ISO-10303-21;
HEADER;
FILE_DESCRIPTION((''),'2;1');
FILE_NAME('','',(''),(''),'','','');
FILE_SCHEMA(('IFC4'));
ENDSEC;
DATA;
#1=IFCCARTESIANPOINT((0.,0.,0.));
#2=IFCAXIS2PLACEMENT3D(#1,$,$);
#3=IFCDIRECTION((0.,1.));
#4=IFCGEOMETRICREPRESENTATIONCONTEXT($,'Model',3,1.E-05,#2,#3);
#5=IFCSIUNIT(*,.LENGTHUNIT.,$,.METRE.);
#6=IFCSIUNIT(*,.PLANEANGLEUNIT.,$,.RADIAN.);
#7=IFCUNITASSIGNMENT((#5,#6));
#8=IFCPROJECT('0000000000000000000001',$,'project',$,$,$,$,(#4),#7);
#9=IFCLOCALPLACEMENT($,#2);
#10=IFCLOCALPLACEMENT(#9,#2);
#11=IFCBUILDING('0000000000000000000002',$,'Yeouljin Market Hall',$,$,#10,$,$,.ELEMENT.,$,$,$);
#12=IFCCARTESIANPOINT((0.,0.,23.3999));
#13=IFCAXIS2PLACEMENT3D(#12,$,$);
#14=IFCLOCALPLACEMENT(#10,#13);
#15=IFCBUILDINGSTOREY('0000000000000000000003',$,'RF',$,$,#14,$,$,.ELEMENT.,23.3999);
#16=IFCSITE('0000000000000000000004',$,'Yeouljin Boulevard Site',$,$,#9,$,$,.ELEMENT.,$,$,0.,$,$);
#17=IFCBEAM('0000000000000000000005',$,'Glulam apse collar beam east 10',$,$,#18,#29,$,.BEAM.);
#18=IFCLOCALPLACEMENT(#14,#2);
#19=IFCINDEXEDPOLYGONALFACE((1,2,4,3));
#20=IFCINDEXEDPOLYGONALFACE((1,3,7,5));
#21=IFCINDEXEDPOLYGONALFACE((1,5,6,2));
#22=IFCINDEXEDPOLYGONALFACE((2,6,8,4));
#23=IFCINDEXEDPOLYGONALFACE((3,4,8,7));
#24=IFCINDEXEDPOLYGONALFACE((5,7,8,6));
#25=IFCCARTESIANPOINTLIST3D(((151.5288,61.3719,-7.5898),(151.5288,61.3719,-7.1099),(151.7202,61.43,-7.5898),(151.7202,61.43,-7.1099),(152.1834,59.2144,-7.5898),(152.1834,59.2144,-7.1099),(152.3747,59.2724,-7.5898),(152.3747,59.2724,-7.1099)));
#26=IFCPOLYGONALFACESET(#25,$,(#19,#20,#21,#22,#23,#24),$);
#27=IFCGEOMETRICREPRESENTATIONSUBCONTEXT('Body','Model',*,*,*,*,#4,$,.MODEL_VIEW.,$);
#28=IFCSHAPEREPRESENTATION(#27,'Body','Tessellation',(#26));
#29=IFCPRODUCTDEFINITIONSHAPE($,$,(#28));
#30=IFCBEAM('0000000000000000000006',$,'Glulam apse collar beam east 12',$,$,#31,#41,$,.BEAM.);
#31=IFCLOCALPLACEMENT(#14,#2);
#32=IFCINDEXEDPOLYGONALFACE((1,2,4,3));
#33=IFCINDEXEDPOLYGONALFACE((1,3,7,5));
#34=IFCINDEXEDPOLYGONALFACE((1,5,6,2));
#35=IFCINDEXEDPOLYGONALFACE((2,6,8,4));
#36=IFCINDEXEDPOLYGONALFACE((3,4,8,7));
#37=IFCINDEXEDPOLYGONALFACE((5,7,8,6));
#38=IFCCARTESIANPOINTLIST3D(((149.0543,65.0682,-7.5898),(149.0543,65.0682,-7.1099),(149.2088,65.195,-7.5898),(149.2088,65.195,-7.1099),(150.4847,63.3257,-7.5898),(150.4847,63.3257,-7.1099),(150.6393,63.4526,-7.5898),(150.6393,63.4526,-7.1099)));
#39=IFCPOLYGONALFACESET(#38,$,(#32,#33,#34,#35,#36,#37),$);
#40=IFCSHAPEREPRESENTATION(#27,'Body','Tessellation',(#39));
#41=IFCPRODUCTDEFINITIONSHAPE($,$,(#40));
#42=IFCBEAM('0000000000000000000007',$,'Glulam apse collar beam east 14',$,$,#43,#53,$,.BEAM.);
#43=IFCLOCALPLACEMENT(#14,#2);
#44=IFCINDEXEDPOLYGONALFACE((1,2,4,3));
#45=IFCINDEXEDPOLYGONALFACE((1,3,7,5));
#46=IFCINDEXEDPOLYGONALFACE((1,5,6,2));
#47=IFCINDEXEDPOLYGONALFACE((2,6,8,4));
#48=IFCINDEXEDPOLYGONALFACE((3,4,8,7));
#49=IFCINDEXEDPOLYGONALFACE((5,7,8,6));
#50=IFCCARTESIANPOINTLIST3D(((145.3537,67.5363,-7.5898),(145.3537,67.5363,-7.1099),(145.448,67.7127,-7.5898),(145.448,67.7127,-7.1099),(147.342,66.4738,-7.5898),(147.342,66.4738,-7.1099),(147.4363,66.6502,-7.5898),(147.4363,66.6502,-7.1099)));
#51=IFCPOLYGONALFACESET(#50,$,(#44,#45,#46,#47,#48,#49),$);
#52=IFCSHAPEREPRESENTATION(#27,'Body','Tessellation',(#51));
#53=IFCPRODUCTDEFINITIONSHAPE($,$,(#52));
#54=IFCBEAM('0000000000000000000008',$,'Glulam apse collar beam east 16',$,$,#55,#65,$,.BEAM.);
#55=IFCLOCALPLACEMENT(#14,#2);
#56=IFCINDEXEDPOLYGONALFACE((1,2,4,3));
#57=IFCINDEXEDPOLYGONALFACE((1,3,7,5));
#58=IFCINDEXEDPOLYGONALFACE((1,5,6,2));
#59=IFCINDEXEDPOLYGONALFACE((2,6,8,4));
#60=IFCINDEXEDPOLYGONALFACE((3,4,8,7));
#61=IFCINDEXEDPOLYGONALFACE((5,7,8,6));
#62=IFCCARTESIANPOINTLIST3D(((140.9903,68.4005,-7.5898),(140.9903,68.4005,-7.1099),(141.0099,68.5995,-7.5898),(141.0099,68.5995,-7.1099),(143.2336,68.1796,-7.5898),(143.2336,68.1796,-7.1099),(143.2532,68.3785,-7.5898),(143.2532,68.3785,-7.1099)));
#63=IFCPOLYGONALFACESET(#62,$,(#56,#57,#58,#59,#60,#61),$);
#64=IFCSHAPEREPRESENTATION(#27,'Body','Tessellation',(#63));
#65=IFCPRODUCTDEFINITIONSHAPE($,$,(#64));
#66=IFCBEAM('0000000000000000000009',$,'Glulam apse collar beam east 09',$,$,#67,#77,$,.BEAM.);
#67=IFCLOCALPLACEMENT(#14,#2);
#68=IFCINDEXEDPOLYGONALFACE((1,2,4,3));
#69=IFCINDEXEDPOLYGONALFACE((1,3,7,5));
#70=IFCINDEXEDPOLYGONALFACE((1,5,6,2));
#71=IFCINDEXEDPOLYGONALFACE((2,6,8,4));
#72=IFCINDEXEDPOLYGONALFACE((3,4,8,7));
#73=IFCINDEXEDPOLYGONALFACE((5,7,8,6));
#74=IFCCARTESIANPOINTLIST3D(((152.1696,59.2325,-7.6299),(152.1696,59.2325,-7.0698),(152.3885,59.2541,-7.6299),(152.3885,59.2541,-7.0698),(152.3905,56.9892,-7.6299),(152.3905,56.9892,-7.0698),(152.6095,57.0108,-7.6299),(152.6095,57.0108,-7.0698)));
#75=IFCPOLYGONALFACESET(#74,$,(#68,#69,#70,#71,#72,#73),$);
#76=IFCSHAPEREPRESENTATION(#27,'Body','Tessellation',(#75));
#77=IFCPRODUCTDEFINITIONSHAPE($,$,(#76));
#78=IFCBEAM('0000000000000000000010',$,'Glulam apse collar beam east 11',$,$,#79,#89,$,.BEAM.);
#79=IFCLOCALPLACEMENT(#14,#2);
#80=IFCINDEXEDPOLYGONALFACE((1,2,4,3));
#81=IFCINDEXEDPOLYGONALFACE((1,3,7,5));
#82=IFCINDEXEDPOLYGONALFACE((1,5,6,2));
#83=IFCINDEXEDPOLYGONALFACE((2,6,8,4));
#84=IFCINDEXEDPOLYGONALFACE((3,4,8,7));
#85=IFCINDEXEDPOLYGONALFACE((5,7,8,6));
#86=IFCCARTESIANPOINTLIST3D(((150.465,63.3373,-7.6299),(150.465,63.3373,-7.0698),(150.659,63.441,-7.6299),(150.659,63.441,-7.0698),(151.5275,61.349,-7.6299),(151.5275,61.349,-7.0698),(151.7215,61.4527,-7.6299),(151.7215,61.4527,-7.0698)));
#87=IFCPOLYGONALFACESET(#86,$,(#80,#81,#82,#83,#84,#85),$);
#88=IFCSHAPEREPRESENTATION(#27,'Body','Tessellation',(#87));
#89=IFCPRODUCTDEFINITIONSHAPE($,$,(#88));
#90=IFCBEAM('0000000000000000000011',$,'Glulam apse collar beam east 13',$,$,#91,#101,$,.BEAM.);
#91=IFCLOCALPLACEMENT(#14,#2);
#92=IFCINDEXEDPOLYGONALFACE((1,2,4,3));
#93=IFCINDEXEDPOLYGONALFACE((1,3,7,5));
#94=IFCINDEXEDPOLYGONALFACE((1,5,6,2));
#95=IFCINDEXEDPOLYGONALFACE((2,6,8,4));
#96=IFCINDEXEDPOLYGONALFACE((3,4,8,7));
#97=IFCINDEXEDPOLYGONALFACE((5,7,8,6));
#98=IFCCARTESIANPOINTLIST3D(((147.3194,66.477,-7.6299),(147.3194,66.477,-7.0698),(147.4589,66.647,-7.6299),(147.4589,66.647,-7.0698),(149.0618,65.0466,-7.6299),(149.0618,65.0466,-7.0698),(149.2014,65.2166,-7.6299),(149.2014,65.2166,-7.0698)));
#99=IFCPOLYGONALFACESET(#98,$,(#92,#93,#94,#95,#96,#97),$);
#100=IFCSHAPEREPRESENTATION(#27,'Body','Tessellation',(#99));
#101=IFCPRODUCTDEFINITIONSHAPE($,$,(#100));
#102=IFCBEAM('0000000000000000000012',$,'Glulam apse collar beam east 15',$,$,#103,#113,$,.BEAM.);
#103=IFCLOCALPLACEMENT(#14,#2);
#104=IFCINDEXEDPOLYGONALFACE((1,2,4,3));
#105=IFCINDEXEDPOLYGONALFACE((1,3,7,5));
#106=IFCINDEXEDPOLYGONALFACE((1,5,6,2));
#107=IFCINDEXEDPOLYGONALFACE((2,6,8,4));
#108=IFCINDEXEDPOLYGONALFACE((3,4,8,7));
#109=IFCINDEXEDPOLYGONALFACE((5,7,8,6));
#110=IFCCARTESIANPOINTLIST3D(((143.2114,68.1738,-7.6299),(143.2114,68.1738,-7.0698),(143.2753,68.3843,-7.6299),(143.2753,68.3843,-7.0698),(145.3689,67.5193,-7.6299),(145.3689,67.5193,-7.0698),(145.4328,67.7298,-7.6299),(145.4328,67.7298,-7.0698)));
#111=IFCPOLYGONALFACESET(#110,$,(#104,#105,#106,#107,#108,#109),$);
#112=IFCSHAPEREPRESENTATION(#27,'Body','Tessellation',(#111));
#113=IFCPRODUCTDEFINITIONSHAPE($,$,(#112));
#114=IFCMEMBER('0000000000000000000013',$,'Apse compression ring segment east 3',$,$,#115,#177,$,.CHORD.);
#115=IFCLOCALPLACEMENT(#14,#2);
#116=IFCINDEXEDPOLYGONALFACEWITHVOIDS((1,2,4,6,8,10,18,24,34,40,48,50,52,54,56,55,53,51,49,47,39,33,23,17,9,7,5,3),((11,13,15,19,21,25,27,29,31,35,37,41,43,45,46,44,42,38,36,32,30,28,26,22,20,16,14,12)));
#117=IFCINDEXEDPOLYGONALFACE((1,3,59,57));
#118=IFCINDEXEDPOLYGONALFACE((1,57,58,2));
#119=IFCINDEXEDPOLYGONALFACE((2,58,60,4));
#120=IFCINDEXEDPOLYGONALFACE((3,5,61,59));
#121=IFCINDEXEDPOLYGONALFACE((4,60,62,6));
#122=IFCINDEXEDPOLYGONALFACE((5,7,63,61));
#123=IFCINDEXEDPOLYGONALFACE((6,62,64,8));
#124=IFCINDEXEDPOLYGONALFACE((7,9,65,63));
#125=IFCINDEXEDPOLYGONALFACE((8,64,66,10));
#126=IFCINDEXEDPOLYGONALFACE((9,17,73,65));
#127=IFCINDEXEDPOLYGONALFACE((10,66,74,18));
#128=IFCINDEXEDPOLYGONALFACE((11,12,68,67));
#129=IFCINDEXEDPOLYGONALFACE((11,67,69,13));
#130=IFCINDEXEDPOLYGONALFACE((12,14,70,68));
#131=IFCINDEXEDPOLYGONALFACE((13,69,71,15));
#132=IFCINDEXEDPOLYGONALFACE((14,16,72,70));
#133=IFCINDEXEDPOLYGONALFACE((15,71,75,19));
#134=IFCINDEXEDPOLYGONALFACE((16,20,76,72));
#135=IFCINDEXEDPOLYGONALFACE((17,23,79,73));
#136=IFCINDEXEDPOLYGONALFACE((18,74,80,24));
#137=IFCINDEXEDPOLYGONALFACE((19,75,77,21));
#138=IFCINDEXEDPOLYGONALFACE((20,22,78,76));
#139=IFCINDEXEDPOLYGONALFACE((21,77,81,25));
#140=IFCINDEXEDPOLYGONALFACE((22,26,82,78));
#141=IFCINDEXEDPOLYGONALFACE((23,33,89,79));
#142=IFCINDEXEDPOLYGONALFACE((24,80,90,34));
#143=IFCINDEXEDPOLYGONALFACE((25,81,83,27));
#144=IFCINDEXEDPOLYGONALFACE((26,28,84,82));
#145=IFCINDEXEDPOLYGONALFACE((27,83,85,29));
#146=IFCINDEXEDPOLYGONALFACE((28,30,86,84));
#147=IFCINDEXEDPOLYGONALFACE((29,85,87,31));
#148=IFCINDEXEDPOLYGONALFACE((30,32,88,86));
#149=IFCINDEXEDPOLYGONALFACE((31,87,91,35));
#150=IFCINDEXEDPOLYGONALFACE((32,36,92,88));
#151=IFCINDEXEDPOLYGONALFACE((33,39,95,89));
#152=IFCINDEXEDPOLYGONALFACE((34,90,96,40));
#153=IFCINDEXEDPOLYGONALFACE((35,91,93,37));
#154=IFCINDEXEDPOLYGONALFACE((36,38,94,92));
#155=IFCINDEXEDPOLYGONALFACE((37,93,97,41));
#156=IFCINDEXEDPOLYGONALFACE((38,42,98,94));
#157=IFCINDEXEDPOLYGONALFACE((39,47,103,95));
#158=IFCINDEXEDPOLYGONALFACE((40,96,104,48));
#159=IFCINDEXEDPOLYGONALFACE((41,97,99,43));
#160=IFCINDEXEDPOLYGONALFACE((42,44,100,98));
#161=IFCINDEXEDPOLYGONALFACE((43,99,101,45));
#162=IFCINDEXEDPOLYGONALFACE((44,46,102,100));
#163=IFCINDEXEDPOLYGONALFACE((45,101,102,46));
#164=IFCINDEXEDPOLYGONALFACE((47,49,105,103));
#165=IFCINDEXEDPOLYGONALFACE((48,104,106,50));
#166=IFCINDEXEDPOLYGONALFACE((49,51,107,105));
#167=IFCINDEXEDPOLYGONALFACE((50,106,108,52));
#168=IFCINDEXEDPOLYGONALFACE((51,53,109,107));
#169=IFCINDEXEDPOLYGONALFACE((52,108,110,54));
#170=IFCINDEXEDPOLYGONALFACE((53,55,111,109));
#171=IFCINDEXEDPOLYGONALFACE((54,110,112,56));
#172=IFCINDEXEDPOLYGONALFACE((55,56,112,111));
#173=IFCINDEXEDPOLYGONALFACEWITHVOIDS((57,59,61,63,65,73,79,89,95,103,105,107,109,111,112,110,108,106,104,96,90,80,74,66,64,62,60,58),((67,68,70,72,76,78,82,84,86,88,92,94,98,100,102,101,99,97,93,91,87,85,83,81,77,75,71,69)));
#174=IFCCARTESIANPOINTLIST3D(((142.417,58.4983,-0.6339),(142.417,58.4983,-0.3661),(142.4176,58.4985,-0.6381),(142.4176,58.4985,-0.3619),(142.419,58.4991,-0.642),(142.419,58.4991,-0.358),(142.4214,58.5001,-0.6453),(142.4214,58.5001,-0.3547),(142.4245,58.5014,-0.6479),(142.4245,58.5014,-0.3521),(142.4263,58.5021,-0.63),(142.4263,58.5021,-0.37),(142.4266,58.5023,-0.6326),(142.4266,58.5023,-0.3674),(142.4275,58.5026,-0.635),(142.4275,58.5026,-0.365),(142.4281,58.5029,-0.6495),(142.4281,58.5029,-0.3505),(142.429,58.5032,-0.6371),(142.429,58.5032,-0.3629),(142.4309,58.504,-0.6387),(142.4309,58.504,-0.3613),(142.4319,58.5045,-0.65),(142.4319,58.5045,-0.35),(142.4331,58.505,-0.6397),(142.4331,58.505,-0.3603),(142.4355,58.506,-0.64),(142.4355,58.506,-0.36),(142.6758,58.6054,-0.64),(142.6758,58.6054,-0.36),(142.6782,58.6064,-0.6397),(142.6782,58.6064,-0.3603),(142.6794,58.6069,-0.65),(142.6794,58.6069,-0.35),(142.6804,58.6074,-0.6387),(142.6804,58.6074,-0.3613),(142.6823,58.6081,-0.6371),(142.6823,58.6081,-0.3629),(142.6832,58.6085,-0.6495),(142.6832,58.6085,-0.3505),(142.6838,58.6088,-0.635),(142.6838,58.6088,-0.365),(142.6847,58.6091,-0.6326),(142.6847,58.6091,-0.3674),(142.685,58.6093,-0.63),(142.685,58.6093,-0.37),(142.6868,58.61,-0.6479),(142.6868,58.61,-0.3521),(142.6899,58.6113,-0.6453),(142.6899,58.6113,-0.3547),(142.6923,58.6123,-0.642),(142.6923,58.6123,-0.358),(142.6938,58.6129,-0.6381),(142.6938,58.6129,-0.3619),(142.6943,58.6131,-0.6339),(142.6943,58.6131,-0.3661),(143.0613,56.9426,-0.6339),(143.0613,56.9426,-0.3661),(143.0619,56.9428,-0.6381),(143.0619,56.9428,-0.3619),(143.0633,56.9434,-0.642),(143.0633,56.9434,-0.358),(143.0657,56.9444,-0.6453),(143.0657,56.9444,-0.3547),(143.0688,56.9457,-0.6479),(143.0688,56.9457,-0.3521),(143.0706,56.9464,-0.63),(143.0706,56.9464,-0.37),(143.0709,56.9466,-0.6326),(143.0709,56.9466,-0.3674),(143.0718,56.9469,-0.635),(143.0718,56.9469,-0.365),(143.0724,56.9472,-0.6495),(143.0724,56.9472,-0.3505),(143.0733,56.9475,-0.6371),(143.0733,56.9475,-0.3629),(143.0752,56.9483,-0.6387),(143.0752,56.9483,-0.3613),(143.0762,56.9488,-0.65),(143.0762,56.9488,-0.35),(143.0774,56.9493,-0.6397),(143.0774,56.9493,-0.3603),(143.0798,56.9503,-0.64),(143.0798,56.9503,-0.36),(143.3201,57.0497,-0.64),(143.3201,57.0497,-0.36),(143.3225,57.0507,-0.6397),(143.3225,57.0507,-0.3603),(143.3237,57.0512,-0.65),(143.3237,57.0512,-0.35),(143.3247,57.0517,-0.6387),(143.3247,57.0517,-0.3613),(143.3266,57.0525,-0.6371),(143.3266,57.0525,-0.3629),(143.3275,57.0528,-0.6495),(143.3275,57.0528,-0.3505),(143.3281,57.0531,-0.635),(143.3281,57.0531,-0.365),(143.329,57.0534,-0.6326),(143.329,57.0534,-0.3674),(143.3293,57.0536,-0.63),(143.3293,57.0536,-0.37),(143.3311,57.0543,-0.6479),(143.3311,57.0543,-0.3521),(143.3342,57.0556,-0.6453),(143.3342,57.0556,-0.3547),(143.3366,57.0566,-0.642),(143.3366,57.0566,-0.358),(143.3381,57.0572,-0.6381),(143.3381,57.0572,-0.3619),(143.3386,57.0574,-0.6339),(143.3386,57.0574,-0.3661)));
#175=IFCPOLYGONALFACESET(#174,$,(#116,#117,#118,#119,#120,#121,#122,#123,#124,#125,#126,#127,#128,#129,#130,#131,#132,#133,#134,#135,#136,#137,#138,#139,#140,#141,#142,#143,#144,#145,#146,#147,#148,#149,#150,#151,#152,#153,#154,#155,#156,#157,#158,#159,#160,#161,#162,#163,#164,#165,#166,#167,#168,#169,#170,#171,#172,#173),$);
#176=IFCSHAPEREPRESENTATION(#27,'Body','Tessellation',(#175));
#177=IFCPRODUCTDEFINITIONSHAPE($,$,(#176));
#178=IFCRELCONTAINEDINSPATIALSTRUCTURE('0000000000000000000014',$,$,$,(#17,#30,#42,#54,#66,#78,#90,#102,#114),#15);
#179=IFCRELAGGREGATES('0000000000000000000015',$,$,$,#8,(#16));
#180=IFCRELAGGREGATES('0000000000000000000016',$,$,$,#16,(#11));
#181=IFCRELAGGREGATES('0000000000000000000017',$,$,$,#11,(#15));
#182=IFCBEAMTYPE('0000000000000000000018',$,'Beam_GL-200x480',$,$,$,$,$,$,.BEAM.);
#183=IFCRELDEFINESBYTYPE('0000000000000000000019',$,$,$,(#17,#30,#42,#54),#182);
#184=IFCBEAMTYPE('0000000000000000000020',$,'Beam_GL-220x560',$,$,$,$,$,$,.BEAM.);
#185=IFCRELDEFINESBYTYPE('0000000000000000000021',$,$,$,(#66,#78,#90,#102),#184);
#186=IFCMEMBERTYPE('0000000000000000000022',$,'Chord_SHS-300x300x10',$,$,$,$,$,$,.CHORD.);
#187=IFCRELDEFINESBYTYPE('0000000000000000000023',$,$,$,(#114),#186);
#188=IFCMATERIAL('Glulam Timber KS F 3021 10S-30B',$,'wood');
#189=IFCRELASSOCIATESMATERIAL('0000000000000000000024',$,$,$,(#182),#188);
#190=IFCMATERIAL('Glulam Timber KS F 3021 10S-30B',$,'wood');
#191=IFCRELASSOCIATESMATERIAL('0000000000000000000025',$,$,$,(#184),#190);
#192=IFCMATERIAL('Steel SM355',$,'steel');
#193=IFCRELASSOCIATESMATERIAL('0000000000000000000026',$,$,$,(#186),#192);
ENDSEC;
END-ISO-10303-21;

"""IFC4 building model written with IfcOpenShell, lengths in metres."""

from ifc_helpers import new_model, si_unit, direction, frame, origin, origin_2d, place, context, subcontext, project, spatial, rectangle, hollow_rectangle, extrude, material, material_profile, profile_set, type_object, element, save


model = new_model("IFC4")

# Units and contexts
model_context = context("Model", 3, precision=1e-05, world=origin(), true_north=direction((0.0, 1.0)))
body_context = subcontext(model_context, "Body", "Model", "MODEL_VIEW")
ifc_project = project(units=[si_unit("LENGTHUNIT", "METRE"), si_unit("PLANEANGLEUNIT", "RADIAN")], contexts=[model_context])

# Site, building, storey
site_placement = place(None, origin())
site = spatial("IfcSite", under=ifc_project, at=site_placement, Name="Yeouljin Boulevard Site", CompositionType="ELEMENT", RefElevation=0.0)
building_placement = place(site_placement, origin())
building = spatial("IfcBuilding", under=site, at=building_placement, Name="Yeouljin Market Hall", CompositionType="ELEMENT")
storey_placement = place(building_placement, frame((0.0, 0.0, 23.3999)))
storey = spatial("IfcBuildingStorey", under=building, at=storey_placement, Name="RF", CompositionType="ELEMENT", Elevation=23.3999)

# Beams
ifc_material_1 = material(Name="Glulam Timber KS F 3021 10S-30B", Category="wood")
ifc_material_profile_1 = material_profile(ifc_material_1, rectangle(XDim=0.2, YDim=0.48, at=origin_2d()), Name="GL-200x480")
ifc_profile_set_1 = profile_set([ifc_material_profile_1], Name="Glulam Timber KS F 3021 10S-30B")
beam_type_1 = type_object("IfcBeamType", Name="Beam_GL-200x480", PredefinedType="BEAM", material=ifc_profile_set_1)
beam_1_placement = place(storey_placement, frame((152.2791, 59.2434, -7.3499), z_axis=(-0.290317, 0.956931, 0.0), x_axis=(-0.956931, -0.290317, 0.0)))
element("IfcBeam", 1, at=beam_1_placement, inside=storey, type_object=beam_type_1, Name="Glulam apse collar beam east 10", PredefinedType="BEAM", context=body_context, shape_type="SweptSolid", body=[
    extrude(rectangle(XDim=0.2, YDim=0.48, at=origin_2d()), origin(), (0.0, 0.0, 1.0), 2.2546),
])
for number, where, z_axis, x_axis, name in (
    (2, (150.562, 63.3892, -7.3499), (-0.634511, 0.772914, 0.0), (-0.772914, -0.634511, 0.0), "Glulam apse collar beam east 12"),
    (3, (147.3892, 66.562, -7.3499), (-0.881969, 0.471308, 0.0), (-0.471308, -0.881969, 0.0), "Glulam apse collar beam east 14"),
):
    element("IfcBeam", number, at=place(storey_placement, frame(where, z_axis=z_axis, x_axis=x_axis)), inside=storey, type_object=beam_type_1, Name=name, PredefinedType="BEAM", context=body_context, shape_type="SweptSolid", body=[
        extrude(rectangle(XDim=0.2, YDim=0.48, at=origin_2d()), origin(), (0.0, 0.0, 1.0), 2.2544),
    ])
beam_2_placement = place(storey_placement, frame((143.2434, 68.2791, -7.3499), z_axis=(-0.995185, 0.098013, 0.0), x_axis=(-0.098013, -0.995185, 0.0)))
element("IfcBeam", 4, at=beam_2_placement, inside=storey, type_object=beam_type_1, Name="Glulam apse collar beam east 16", PredefinedType="BEAM", context=body_context, shape_type="SweptSolid", body=[
    extrude(rectangle(XDim=0.2, YDim=0.48, at=origin_2d()), origin(), (0.0, 0.0, 1.0), 2.2542),
])
ifc_material_2 = material(Name="Glulam Timber KS F 3021 10S-30B", Category="wood")
ifc_material_profile_2 = material_profile(ifc_material_2, rectangle(XDim=0.22, YDim=0.5601, at=origin_2d()), Name="GL-220x560")
ifc_profile_set_2 = profile_set([ifc_material_profile_2], Name="Glulam Timber KS F 3021 10S-30B")
beam_type_2 = type_object("IfcBeamType", Name="Beam_GL-220x560", PredefinedType="BEAM", material=ifc_profile_set_2)
beam_3_placement = place(storey_placement, frame((152.5, 57.0, -7.3499), z_axis=(-0.098013, 0.995185, 0.0), x_axis=(-0.995185, -0.098013, 0.0)))
element("IfcBeam", 5, at=beam_3_placement, inside=storey, type_object=beam_type_2, Name="Glulam apse collar beam east 09", PredefinedType="BEAM", context=body_context, shape_type="SweptSolid", body=[
    extrude(rectangle(XDim=0.22, YDim=0.5601, at=origin_2d()), origin(), (0.0, 0.0, 1.0), 2.2542),
])
for number, where, z_axis, x_axis, name in (
    (6, (151.6245, 61.4009, -7.3499), (-0.471308, 0.881969, 0.0), (-0.881969, -0.471308, 0.0), "Glulam apse collar beam east 11"),
    (7, (149.1316, 65.1316, -7.3499), (-0.772914, 0.634511, 0.0), (-0.634511, -0.772914, 0.0), "Glulam apse collar beam east 13"),
):
    element("IfcBeam", number, at=place(storey_placement, frame(where, z_axis=z_axis, x_axis=x_axis)), inside=storey, type_object=beam_type_2, Name=name, PredefinedType="BEAM", context=body_context, shape_type="SweptSolid", body=[
        extrude(rectangle(XDim=0.22, YDim=0.5601, at=origin_2d()), origin(), (0.0, 0.0, 1.0), 2.2544),
    ])
beam_4_placement = place(storey_placement, frame((145.4009, 67.6245, -7.3499), z_axis=(-0.956931, 0.290317, 0.0), x_axis=(-0.290317, -0.956931, 0.0)))
element("IfcBeam", 8, at=beam_4_placement, inside=storey, type_object=beam_type_2, Name="Glulam apse collar beam east 15", PredefinedType="BEAM", context=body_context, shape_type="SweptSolid", body=[
    extrude(rectangle(XDim=0.22, YDim=0.5601, at=origin_2d()), origin(), (0.0, 0.0, 1.0), 2.2546),
])

# Member
ifc_material_3 = material(Name="Steel SM355", Category="steel")
ifc_material_profile_3 = material_profile(ifc_material_3, hollow_rectangle(XDim=0.3, YDim=0.3, WallThickness=0.01, InnerFilletRadius=0.01, OuterFilletRadius=0.0161, at=origin_2d()), Name="SHS-300x300x10")
ifc_profile_set_3 = profile_set([ifc_material_profile_3], Name="Steel SM355")
member_type_1 = type_object("IfcMemberType", Name="Chord_SHS-300x300x10", PredefinedType="CHORD", material=ifc_profile_set_3)
for number, where, z_axis, x_axis, name in (
    (9, (143.2, 57.0, -0.5), (-0.382638, 0.923898, 0.0), (-0.923898, -0.382638, 0.0), "Apse compression ring segment east 3"),
):
    element("IfcMember", number, at=place(storey_placement, frame(where, z_axis=z_axis, x_axis=x_axis)), inside=storey, type_object=member_type_1, Name=name, PredefinedType="CHORD", context=body_context, shape_type="SweptSolid", body=[
        extrude(hollow_rectangle(XDim=0.3, YDim=0.3, WallThickness=0.01, InnerFilletRadius=0.01, OuterFilletRadius=0.0161, at=origin_2d()), origin(), (0.0, 0.0, 1.0), 1.6838),
    ])

save(model, "model.ifc")
